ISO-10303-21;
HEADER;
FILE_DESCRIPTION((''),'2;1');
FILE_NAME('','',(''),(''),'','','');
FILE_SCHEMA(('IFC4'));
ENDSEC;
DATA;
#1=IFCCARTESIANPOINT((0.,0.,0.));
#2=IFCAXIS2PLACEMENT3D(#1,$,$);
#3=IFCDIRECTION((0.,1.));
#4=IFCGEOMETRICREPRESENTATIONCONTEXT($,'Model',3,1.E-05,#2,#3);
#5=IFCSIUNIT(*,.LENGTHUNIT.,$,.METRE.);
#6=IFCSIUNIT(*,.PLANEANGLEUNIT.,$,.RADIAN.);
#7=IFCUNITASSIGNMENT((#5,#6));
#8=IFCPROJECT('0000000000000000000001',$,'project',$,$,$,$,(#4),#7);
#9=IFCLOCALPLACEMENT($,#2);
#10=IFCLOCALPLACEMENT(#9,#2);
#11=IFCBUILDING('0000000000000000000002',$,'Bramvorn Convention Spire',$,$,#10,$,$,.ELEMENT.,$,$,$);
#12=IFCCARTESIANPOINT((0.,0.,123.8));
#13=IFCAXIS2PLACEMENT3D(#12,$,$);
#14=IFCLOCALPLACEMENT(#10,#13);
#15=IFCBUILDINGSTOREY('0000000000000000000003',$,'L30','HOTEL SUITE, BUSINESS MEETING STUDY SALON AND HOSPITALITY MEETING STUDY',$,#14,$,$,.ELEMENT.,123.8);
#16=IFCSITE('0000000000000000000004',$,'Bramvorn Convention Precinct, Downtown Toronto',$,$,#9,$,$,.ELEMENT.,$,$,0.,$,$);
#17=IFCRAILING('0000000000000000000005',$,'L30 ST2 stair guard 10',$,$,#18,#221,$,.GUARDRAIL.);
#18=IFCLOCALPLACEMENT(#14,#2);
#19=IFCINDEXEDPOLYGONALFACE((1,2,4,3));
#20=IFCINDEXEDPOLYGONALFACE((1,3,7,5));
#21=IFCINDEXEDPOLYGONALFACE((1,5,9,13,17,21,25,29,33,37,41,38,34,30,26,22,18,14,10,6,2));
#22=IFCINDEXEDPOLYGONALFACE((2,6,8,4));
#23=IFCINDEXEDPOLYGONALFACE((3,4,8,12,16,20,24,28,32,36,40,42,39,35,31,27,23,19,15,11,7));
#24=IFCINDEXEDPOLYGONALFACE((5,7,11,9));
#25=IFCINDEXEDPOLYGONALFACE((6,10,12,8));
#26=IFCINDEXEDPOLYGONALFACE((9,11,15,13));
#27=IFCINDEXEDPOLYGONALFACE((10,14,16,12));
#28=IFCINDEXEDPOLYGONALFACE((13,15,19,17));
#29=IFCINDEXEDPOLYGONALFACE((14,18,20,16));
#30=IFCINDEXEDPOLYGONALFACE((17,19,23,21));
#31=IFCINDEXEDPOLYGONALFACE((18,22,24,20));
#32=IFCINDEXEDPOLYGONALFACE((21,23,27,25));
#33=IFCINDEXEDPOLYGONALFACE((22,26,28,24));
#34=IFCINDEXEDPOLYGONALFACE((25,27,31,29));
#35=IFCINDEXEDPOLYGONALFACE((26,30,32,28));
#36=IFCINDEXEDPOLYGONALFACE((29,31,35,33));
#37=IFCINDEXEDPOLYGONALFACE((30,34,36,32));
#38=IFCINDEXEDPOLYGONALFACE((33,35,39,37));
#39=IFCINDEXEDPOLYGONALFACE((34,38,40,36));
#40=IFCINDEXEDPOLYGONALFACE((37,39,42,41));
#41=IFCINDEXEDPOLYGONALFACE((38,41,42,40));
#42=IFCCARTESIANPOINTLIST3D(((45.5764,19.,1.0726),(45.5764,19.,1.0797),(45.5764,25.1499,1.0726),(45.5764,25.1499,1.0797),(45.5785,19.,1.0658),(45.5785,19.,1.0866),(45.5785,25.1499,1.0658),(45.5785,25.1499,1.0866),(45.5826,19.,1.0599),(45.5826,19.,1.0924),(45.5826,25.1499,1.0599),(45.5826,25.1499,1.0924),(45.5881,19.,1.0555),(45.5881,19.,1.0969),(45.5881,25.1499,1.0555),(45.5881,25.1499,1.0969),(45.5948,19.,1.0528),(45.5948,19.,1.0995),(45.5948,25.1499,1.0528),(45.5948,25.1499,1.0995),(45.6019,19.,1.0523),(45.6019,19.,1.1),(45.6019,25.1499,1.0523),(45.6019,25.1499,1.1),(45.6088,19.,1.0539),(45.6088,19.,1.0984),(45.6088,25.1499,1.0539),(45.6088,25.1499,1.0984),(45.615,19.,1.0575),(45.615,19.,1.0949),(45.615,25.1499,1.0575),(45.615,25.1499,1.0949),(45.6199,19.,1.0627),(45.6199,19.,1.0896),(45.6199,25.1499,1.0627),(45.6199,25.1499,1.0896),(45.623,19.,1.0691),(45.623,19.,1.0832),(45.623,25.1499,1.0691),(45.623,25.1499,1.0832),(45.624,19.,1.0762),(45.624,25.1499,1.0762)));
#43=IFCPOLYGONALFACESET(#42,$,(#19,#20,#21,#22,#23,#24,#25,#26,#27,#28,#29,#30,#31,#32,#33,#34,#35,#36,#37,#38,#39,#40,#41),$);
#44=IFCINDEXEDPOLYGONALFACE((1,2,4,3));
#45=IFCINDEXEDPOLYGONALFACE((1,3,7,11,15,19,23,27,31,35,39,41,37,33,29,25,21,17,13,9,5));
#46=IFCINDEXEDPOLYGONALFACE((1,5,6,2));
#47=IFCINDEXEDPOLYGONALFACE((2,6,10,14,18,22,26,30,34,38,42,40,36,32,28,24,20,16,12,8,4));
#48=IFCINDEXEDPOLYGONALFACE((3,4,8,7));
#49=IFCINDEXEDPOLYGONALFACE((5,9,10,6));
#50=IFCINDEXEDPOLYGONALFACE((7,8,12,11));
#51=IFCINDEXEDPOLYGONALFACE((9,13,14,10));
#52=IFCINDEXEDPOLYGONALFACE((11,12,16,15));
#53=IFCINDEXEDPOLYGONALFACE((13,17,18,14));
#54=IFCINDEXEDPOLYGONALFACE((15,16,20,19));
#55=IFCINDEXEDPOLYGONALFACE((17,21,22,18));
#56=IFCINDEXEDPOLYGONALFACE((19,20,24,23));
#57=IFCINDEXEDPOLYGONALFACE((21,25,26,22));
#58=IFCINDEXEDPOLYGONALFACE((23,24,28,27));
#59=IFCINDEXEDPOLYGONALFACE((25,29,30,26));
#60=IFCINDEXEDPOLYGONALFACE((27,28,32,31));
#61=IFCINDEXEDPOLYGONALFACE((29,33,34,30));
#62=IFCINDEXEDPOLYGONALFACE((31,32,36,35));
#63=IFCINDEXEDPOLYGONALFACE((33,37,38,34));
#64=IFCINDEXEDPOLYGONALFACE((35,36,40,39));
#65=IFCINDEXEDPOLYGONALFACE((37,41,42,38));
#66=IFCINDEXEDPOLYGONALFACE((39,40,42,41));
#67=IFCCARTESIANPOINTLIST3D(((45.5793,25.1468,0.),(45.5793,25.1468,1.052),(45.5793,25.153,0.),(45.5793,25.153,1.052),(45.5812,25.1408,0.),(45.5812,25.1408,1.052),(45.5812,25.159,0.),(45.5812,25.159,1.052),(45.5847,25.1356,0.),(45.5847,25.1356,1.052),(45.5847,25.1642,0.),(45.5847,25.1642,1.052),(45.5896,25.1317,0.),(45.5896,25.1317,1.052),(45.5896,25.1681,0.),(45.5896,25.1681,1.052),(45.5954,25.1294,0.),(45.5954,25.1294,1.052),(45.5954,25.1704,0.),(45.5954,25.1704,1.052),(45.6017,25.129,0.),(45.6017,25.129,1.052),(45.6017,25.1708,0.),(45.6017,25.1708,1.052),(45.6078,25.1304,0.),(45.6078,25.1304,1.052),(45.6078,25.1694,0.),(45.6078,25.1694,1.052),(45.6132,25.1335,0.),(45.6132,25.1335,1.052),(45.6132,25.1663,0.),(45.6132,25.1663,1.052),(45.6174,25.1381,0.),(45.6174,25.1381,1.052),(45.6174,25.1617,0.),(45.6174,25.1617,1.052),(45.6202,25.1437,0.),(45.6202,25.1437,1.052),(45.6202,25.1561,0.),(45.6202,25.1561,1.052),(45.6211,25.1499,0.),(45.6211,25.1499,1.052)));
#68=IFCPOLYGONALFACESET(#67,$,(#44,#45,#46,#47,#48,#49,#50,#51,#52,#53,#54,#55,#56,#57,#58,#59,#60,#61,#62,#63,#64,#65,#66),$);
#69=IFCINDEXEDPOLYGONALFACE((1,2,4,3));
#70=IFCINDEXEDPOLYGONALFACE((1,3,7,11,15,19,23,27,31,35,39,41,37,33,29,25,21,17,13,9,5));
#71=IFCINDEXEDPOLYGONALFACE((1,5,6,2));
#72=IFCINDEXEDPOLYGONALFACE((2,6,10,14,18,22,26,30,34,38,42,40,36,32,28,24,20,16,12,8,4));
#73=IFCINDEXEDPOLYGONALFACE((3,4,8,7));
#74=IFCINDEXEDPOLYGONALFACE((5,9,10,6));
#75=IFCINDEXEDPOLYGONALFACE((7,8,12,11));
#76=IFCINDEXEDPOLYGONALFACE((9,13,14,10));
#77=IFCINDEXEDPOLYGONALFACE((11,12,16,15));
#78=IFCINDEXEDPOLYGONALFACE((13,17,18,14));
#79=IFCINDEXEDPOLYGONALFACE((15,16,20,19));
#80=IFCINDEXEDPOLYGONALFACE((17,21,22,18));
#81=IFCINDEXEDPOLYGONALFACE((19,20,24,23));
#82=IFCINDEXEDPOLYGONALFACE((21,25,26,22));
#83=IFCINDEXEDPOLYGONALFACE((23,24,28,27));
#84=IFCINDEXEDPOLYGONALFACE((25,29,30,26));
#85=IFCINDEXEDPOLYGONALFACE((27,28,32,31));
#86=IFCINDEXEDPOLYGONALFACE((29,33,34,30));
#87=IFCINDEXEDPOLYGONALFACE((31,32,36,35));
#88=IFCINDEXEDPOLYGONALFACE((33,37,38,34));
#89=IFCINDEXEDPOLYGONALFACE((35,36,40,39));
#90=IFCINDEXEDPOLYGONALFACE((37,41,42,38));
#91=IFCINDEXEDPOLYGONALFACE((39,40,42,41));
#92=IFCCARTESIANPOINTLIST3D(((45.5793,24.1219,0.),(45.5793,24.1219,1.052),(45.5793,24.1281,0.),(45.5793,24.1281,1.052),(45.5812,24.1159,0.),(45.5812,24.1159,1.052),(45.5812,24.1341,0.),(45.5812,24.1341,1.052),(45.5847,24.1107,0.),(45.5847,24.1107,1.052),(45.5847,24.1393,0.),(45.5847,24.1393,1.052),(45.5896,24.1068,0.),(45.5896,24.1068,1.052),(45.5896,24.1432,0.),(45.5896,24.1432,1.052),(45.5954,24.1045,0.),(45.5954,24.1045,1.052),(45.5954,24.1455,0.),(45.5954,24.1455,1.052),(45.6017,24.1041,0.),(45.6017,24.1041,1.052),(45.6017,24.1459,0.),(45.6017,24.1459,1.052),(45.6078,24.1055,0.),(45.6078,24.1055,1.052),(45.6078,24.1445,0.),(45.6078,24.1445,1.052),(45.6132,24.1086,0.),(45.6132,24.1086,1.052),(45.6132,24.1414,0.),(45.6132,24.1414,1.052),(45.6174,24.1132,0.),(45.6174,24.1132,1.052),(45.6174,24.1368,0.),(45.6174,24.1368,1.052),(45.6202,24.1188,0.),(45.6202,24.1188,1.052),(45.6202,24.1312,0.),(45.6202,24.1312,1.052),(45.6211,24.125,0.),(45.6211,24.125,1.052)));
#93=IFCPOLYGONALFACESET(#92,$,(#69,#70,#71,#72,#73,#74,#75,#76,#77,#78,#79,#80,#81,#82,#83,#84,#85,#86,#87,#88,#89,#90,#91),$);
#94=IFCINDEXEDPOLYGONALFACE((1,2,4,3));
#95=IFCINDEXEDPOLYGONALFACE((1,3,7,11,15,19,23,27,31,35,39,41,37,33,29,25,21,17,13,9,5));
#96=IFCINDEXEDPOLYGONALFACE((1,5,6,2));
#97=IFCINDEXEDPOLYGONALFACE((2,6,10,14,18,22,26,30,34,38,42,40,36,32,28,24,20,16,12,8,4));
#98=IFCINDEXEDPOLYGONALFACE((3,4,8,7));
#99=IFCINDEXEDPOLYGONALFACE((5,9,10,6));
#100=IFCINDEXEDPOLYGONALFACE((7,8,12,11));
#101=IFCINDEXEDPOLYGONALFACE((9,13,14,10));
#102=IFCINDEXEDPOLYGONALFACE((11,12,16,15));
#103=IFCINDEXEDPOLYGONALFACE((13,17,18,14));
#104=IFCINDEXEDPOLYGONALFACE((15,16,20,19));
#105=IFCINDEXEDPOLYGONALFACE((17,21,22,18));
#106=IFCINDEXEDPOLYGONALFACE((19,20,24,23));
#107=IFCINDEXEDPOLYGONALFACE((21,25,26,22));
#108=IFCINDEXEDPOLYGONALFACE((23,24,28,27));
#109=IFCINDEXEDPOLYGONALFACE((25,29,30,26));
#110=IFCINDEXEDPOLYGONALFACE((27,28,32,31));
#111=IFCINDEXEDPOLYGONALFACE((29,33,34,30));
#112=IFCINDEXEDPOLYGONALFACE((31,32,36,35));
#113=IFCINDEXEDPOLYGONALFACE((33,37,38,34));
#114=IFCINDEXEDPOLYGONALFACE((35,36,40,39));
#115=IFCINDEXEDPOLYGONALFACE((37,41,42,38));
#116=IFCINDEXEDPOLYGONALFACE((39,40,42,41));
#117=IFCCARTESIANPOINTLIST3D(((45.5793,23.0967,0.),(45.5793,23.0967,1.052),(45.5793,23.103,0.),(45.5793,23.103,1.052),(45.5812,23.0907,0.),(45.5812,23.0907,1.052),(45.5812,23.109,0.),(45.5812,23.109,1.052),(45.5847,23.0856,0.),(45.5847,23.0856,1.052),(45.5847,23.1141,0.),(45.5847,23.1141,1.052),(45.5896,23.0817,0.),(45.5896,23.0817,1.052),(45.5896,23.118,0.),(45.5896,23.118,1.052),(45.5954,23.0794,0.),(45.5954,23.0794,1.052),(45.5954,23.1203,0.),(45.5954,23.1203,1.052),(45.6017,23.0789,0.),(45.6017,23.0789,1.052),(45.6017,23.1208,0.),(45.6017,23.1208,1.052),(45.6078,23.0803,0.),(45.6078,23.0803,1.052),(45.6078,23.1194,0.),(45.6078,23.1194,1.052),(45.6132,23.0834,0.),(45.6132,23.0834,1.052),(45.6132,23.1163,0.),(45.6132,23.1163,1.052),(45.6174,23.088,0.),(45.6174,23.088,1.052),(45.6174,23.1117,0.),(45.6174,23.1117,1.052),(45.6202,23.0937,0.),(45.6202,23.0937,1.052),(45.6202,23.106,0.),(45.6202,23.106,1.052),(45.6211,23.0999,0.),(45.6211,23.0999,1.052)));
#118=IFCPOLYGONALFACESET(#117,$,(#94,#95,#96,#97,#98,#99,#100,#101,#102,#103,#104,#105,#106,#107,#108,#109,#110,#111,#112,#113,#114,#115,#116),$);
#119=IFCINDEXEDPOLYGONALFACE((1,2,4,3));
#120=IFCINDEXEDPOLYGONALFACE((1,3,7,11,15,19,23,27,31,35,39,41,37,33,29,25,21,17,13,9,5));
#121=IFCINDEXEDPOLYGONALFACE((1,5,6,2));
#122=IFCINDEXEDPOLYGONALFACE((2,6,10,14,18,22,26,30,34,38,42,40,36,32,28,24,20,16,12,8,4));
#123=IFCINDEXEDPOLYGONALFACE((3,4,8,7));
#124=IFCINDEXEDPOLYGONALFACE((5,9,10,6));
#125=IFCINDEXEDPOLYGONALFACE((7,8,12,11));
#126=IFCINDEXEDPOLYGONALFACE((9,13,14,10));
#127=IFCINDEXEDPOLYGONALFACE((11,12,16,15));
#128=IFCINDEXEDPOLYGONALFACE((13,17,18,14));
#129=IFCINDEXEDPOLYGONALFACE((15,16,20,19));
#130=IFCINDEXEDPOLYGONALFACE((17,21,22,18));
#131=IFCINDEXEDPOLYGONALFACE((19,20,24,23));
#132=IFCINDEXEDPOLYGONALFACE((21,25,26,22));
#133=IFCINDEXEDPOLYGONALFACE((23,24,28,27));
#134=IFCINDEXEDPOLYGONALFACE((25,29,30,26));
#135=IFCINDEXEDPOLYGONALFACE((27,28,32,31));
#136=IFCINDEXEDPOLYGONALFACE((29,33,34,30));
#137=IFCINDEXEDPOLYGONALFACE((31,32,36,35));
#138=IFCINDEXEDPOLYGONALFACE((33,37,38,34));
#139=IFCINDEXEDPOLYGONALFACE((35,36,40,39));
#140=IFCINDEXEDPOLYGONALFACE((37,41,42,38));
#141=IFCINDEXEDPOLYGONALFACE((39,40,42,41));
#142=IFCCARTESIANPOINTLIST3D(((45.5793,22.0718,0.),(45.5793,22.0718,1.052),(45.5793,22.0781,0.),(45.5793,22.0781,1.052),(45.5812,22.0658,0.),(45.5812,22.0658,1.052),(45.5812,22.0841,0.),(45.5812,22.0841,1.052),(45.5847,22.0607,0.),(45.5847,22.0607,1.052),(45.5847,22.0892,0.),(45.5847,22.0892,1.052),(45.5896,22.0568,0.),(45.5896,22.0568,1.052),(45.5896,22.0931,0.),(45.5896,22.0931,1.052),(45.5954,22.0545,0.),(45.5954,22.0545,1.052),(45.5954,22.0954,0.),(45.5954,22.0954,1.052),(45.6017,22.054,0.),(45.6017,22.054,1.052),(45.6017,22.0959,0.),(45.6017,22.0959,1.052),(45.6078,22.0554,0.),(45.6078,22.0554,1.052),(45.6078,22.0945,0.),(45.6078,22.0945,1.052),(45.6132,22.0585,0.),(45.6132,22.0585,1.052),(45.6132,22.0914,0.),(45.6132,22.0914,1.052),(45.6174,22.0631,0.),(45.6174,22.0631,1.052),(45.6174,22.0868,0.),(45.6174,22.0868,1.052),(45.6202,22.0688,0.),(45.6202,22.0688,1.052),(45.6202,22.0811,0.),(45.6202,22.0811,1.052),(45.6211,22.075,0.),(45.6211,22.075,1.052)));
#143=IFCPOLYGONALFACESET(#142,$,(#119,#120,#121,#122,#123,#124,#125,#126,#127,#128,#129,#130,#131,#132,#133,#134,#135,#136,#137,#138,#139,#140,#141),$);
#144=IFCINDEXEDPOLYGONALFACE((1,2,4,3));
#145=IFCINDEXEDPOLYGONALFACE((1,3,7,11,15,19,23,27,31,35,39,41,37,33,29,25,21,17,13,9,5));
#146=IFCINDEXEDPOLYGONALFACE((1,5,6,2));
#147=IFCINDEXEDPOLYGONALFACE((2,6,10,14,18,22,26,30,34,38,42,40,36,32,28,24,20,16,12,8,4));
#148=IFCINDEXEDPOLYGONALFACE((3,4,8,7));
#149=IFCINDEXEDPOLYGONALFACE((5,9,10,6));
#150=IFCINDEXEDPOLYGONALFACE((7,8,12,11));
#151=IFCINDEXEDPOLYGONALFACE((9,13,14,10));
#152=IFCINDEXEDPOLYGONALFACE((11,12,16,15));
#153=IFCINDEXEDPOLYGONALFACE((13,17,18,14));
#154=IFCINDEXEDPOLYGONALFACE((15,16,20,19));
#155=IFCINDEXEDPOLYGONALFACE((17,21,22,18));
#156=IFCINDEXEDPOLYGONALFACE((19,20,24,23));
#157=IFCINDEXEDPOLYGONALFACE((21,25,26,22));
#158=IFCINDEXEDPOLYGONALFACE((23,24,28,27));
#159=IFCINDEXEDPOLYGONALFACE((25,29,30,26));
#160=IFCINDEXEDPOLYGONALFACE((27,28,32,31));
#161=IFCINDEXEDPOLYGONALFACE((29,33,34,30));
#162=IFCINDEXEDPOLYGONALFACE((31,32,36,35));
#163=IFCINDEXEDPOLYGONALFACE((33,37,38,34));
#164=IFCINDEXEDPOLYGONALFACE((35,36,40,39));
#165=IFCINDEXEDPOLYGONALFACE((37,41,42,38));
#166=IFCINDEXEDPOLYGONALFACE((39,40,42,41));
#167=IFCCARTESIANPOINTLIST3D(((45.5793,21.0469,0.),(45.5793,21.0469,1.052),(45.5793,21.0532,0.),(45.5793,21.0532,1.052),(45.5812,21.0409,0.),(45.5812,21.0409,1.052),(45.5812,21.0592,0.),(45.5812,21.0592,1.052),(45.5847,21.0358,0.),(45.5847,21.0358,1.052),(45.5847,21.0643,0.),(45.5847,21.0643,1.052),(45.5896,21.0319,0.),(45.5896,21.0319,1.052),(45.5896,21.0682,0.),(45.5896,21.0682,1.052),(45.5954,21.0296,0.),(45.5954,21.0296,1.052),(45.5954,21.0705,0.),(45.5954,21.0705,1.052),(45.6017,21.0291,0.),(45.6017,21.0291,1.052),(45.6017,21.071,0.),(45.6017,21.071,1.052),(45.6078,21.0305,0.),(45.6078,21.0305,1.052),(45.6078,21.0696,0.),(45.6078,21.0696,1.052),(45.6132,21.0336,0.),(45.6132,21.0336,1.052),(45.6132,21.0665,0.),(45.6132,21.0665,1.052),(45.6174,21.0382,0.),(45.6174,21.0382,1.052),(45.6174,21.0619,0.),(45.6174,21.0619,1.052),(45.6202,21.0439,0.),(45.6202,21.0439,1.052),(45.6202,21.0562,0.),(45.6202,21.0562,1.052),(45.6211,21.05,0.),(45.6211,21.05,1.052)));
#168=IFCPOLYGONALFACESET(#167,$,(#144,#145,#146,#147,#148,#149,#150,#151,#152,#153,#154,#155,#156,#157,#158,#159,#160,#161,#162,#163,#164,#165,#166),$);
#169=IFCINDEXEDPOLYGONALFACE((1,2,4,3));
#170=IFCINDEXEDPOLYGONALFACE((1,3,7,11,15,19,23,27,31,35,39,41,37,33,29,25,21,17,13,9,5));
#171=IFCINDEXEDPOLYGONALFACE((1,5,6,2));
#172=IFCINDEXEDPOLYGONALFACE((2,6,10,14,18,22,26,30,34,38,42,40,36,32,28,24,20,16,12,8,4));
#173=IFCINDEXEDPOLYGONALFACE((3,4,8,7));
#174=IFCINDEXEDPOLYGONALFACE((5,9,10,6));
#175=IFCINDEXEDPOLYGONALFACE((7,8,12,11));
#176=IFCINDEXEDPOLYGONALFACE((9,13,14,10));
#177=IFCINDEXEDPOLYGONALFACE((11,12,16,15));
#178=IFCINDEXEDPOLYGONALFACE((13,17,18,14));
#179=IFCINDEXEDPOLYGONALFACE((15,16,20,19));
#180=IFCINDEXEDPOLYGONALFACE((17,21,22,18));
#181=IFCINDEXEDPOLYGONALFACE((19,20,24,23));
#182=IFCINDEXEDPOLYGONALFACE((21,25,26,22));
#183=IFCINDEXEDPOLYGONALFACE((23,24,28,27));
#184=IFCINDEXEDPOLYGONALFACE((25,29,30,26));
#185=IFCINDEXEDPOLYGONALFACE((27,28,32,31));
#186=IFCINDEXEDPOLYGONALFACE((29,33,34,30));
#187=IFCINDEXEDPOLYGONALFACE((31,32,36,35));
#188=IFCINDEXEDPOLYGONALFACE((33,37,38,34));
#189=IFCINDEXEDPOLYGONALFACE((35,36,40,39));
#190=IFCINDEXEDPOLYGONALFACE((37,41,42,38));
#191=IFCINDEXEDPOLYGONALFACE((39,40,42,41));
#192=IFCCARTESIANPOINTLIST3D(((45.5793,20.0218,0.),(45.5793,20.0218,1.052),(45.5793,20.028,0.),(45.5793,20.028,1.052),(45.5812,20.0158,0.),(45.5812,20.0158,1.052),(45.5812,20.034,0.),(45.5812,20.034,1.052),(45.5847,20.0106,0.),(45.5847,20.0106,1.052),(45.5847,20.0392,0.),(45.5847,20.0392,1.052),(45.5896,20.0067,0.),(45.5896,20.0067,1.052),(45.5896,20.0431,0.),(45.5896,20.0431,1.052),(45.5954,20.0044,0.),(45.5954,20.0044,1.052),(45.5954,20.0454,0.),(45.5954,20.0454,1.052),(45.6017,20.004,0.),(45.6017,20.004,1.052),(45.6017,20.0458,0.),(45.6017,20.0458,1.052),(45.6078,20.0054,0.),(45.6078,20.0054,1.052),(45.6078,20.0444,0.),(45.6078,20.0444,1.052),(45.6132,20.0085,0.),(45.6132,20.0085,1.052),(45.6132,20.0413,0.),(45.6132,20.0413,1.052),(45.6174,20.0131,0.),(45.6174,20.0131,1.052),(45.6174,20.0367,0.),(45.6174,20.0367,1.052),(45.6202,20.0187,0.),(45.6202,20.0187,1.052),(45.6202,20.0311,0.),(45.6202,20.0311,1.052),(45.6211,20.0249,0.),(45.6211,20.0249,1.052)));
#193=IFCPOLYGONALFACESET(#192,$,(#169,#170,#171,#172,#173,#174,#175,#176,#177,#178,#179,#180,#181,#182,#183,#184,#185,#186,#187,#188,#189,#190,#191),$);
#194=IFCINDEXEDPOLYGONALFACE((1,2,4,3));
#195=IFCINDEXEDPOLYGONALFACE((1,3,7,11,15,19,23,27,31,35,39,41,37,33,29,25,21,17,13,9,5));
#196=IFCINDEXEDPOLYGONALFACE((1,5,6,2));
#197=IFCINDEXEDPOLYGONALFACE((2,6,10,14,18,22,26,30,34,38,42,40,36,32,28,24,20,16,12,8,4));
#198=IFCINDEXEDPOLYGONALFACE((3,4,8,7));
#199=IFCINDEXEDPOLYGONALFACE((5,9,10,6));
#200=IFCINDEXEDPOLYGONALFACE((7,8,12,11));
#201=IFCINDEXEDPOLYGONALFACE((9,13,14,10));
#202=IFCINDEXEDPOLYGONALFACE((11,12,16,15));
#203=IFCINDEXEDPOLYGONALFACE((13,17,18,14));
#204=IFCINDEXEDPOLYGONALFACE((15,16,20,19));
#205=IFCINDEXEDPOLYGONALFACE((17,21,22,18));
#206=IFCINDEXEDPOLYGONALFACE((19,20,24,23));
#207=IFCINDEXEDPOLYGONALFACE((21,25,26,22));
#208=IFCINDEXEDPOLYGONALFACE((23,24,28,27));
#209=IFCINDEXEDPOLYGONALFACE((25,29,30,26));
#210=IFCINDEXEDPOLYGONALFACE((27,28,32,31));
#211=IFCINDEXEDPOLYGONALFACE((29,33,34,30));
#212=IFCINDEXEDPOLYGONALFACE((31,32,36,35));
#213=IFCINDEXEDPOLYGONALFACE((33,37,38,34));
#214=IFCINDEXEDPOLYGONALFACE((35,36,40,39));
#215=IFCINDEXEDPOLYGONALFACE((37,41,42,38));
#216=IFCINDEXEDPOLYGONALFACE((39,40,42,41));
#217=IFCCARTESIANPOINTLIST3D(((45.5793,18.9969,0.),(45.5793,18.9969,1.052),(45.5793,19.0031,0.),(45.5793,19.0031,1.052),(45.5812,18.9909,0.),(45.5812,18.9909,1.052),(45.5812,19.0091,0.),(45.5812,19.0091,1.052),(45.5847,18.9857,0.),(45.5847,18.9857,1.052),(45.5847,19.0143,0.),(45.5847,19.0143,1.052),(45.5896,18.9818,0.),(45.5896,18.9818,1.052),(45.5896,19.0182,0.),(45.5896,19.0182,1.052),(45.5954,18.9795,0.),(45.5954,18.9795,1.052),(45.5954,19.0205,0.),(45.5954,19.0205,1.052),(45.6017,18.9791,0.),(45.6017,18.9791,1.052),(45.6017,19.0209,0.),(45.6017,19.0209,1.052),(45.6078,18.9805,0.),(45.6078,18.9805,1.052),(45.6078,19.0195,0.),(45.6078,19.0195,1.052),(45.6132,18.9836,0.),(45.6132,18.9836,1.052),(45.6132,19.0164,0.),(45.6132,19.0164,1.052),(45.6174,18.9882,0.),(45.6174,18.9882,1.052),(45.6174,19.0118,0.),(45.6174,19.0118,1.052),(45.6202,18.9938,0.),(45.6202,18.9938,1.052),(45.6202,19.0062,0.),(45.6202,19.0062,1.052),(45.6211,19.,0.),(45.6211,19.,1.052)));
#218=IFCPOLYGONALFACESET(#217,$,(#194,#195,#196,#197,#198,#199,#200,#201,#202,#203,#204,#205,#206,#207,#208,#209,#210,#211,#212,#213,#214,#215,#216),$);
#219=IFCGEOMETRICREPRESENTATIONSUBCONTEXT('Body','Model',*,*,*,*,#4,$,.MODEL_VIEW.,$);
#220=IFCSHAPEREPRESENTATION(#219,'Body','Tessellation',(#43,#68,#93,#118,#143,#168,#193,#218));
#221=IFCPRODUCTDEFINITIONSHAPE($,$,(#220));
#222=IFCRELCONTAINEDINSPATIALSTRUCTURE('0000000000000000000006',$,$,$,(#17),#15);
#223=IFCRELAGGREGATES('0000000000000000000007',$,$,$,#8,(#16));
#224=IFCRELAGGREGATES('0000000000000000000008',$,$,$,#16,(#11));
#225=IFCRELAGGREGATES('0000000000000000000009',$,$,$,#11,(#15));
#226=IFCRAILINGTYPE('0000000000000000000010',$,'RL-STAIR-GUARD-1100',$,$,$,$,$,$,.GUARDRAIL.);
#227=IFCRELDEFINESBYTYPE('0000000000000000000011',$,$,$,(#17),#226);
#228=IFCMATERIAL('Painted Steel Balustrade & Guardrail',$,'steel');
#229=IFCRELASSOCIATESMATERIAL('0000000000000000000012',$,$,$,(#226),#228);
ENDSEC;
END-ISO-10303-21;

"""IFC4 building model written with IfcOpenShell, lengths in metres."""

from ifc_helpers import new_model, si_unit, direction, frame, origin, origin_2d, place, context, subcontext, project, spatial, circle, extrude, material, type_object, element, save


model = new_model("IFC4")

# Units and contexts
model_context = context("Model", 3, precision=1e-05, world=origin(), true_north=direction((0.0, 1.0)))
body_context = subcontext(model_context, "Body", "Model", "MODEL_VIEW")
ifc_project = project(units=[si_unit("LENGTHUNIT", "METRE"), si_unit("PLANEANGLEUNIT", "RADIAN")], contexts=[model_context])

# Site, building, storey
site_placement = place(None, origin())
site = spatial("IfcSite", under=ifc_project, at=site_placement, Name="Bramvorn Convention Precinct, Downtown Toronto", CompositionType="ELEMENT", RefElevation=0.0)
building_placement = place(site_placement, origin())
building = spatial("IfcBuilding", under=site, at=building_placement, Name="Bramvorn Convention Spire", CompositionType="ELEMENT")
storey_placement = place(building_placement, frame((0.0, 0.0, 123.8)))
storey = spatial("IfcBuildingStorey", under=building, at=storey_placement, Name="L30", Description="HOTEL SUITE, BUSINESS MEETING STUDY SALON AND HOSPITALITY MEETING STUDY", CompositionType="ELEMENT", Elevation=123.8)

# Railing
ifc_material_1 = material(Name="Painted Steel Balustrade & Guardrail", Category="steel")
railing_type_1 = type_object("IfcRailingType", Name="RL-STAIR-GUARD-1100", PredefinedType="GUARDRAIL", material=ifc_material_1)
railing_1_placement = place(storey_placement, frame((45.6001, 25.1499, 0.0)))
element("IfcRailing", 1, at=railing_1_placement, inside=storey, type_object=railing_type_1, Name="L30 ST2 stair guard 10", PredefinedType="GUARDRAIL", context=body_context, shape_type="SweptSolid", body=[
    extrude(circle(Radius=0.0239, at=origin_2d()), frame((0.0, 0.0, 1.0762), z_axis=(0.0, -1.0, 0.0), x_axis=(1.0, 0.0, 0.0)), (0.0, 0.0, 1.0), 6.1499),
    extrude(circle(Radius=0.021, at=origin_2d()), origin(), (0.0, 0.0, 1.0), 1.052),
    extrude(circle(Radius=0.021, at=origin_2d()), frame((0.0, -1.0249, 0.0)), (0.0, 0.0, 1.0), 1.052),
    extrude(circle(Radius=0.021, at=origin_2d()), frame((0.0, -2.05, 0.0)), (0.0, 0.0, 1.0), 1.052),
    extrude(circle(Radius=0.021, at=origin_2d()), frame((0.0, -3.075, 0.0)), (0.0, 0.0, 1.0), 1.052),
    extrude(circle(Radius=0.021, at=origin_2d()), frame((0.0, -4.0999, 0.0)), (0.0, 0.0, 1.0), 1.052),
    extrude(circle(Radius=0.021, at=origin_2d()), frame((0.0, -5.125, 0.0)), (0.0, 0.0, 1.0), 1.052),
    extrude(circle(Radius=0.021, at=origin_2d()), frame((0.0, -6.1499, 0.0)), (0.0, 0.0, 1.0), 1.052),
])

save(model, "model.ifc")
